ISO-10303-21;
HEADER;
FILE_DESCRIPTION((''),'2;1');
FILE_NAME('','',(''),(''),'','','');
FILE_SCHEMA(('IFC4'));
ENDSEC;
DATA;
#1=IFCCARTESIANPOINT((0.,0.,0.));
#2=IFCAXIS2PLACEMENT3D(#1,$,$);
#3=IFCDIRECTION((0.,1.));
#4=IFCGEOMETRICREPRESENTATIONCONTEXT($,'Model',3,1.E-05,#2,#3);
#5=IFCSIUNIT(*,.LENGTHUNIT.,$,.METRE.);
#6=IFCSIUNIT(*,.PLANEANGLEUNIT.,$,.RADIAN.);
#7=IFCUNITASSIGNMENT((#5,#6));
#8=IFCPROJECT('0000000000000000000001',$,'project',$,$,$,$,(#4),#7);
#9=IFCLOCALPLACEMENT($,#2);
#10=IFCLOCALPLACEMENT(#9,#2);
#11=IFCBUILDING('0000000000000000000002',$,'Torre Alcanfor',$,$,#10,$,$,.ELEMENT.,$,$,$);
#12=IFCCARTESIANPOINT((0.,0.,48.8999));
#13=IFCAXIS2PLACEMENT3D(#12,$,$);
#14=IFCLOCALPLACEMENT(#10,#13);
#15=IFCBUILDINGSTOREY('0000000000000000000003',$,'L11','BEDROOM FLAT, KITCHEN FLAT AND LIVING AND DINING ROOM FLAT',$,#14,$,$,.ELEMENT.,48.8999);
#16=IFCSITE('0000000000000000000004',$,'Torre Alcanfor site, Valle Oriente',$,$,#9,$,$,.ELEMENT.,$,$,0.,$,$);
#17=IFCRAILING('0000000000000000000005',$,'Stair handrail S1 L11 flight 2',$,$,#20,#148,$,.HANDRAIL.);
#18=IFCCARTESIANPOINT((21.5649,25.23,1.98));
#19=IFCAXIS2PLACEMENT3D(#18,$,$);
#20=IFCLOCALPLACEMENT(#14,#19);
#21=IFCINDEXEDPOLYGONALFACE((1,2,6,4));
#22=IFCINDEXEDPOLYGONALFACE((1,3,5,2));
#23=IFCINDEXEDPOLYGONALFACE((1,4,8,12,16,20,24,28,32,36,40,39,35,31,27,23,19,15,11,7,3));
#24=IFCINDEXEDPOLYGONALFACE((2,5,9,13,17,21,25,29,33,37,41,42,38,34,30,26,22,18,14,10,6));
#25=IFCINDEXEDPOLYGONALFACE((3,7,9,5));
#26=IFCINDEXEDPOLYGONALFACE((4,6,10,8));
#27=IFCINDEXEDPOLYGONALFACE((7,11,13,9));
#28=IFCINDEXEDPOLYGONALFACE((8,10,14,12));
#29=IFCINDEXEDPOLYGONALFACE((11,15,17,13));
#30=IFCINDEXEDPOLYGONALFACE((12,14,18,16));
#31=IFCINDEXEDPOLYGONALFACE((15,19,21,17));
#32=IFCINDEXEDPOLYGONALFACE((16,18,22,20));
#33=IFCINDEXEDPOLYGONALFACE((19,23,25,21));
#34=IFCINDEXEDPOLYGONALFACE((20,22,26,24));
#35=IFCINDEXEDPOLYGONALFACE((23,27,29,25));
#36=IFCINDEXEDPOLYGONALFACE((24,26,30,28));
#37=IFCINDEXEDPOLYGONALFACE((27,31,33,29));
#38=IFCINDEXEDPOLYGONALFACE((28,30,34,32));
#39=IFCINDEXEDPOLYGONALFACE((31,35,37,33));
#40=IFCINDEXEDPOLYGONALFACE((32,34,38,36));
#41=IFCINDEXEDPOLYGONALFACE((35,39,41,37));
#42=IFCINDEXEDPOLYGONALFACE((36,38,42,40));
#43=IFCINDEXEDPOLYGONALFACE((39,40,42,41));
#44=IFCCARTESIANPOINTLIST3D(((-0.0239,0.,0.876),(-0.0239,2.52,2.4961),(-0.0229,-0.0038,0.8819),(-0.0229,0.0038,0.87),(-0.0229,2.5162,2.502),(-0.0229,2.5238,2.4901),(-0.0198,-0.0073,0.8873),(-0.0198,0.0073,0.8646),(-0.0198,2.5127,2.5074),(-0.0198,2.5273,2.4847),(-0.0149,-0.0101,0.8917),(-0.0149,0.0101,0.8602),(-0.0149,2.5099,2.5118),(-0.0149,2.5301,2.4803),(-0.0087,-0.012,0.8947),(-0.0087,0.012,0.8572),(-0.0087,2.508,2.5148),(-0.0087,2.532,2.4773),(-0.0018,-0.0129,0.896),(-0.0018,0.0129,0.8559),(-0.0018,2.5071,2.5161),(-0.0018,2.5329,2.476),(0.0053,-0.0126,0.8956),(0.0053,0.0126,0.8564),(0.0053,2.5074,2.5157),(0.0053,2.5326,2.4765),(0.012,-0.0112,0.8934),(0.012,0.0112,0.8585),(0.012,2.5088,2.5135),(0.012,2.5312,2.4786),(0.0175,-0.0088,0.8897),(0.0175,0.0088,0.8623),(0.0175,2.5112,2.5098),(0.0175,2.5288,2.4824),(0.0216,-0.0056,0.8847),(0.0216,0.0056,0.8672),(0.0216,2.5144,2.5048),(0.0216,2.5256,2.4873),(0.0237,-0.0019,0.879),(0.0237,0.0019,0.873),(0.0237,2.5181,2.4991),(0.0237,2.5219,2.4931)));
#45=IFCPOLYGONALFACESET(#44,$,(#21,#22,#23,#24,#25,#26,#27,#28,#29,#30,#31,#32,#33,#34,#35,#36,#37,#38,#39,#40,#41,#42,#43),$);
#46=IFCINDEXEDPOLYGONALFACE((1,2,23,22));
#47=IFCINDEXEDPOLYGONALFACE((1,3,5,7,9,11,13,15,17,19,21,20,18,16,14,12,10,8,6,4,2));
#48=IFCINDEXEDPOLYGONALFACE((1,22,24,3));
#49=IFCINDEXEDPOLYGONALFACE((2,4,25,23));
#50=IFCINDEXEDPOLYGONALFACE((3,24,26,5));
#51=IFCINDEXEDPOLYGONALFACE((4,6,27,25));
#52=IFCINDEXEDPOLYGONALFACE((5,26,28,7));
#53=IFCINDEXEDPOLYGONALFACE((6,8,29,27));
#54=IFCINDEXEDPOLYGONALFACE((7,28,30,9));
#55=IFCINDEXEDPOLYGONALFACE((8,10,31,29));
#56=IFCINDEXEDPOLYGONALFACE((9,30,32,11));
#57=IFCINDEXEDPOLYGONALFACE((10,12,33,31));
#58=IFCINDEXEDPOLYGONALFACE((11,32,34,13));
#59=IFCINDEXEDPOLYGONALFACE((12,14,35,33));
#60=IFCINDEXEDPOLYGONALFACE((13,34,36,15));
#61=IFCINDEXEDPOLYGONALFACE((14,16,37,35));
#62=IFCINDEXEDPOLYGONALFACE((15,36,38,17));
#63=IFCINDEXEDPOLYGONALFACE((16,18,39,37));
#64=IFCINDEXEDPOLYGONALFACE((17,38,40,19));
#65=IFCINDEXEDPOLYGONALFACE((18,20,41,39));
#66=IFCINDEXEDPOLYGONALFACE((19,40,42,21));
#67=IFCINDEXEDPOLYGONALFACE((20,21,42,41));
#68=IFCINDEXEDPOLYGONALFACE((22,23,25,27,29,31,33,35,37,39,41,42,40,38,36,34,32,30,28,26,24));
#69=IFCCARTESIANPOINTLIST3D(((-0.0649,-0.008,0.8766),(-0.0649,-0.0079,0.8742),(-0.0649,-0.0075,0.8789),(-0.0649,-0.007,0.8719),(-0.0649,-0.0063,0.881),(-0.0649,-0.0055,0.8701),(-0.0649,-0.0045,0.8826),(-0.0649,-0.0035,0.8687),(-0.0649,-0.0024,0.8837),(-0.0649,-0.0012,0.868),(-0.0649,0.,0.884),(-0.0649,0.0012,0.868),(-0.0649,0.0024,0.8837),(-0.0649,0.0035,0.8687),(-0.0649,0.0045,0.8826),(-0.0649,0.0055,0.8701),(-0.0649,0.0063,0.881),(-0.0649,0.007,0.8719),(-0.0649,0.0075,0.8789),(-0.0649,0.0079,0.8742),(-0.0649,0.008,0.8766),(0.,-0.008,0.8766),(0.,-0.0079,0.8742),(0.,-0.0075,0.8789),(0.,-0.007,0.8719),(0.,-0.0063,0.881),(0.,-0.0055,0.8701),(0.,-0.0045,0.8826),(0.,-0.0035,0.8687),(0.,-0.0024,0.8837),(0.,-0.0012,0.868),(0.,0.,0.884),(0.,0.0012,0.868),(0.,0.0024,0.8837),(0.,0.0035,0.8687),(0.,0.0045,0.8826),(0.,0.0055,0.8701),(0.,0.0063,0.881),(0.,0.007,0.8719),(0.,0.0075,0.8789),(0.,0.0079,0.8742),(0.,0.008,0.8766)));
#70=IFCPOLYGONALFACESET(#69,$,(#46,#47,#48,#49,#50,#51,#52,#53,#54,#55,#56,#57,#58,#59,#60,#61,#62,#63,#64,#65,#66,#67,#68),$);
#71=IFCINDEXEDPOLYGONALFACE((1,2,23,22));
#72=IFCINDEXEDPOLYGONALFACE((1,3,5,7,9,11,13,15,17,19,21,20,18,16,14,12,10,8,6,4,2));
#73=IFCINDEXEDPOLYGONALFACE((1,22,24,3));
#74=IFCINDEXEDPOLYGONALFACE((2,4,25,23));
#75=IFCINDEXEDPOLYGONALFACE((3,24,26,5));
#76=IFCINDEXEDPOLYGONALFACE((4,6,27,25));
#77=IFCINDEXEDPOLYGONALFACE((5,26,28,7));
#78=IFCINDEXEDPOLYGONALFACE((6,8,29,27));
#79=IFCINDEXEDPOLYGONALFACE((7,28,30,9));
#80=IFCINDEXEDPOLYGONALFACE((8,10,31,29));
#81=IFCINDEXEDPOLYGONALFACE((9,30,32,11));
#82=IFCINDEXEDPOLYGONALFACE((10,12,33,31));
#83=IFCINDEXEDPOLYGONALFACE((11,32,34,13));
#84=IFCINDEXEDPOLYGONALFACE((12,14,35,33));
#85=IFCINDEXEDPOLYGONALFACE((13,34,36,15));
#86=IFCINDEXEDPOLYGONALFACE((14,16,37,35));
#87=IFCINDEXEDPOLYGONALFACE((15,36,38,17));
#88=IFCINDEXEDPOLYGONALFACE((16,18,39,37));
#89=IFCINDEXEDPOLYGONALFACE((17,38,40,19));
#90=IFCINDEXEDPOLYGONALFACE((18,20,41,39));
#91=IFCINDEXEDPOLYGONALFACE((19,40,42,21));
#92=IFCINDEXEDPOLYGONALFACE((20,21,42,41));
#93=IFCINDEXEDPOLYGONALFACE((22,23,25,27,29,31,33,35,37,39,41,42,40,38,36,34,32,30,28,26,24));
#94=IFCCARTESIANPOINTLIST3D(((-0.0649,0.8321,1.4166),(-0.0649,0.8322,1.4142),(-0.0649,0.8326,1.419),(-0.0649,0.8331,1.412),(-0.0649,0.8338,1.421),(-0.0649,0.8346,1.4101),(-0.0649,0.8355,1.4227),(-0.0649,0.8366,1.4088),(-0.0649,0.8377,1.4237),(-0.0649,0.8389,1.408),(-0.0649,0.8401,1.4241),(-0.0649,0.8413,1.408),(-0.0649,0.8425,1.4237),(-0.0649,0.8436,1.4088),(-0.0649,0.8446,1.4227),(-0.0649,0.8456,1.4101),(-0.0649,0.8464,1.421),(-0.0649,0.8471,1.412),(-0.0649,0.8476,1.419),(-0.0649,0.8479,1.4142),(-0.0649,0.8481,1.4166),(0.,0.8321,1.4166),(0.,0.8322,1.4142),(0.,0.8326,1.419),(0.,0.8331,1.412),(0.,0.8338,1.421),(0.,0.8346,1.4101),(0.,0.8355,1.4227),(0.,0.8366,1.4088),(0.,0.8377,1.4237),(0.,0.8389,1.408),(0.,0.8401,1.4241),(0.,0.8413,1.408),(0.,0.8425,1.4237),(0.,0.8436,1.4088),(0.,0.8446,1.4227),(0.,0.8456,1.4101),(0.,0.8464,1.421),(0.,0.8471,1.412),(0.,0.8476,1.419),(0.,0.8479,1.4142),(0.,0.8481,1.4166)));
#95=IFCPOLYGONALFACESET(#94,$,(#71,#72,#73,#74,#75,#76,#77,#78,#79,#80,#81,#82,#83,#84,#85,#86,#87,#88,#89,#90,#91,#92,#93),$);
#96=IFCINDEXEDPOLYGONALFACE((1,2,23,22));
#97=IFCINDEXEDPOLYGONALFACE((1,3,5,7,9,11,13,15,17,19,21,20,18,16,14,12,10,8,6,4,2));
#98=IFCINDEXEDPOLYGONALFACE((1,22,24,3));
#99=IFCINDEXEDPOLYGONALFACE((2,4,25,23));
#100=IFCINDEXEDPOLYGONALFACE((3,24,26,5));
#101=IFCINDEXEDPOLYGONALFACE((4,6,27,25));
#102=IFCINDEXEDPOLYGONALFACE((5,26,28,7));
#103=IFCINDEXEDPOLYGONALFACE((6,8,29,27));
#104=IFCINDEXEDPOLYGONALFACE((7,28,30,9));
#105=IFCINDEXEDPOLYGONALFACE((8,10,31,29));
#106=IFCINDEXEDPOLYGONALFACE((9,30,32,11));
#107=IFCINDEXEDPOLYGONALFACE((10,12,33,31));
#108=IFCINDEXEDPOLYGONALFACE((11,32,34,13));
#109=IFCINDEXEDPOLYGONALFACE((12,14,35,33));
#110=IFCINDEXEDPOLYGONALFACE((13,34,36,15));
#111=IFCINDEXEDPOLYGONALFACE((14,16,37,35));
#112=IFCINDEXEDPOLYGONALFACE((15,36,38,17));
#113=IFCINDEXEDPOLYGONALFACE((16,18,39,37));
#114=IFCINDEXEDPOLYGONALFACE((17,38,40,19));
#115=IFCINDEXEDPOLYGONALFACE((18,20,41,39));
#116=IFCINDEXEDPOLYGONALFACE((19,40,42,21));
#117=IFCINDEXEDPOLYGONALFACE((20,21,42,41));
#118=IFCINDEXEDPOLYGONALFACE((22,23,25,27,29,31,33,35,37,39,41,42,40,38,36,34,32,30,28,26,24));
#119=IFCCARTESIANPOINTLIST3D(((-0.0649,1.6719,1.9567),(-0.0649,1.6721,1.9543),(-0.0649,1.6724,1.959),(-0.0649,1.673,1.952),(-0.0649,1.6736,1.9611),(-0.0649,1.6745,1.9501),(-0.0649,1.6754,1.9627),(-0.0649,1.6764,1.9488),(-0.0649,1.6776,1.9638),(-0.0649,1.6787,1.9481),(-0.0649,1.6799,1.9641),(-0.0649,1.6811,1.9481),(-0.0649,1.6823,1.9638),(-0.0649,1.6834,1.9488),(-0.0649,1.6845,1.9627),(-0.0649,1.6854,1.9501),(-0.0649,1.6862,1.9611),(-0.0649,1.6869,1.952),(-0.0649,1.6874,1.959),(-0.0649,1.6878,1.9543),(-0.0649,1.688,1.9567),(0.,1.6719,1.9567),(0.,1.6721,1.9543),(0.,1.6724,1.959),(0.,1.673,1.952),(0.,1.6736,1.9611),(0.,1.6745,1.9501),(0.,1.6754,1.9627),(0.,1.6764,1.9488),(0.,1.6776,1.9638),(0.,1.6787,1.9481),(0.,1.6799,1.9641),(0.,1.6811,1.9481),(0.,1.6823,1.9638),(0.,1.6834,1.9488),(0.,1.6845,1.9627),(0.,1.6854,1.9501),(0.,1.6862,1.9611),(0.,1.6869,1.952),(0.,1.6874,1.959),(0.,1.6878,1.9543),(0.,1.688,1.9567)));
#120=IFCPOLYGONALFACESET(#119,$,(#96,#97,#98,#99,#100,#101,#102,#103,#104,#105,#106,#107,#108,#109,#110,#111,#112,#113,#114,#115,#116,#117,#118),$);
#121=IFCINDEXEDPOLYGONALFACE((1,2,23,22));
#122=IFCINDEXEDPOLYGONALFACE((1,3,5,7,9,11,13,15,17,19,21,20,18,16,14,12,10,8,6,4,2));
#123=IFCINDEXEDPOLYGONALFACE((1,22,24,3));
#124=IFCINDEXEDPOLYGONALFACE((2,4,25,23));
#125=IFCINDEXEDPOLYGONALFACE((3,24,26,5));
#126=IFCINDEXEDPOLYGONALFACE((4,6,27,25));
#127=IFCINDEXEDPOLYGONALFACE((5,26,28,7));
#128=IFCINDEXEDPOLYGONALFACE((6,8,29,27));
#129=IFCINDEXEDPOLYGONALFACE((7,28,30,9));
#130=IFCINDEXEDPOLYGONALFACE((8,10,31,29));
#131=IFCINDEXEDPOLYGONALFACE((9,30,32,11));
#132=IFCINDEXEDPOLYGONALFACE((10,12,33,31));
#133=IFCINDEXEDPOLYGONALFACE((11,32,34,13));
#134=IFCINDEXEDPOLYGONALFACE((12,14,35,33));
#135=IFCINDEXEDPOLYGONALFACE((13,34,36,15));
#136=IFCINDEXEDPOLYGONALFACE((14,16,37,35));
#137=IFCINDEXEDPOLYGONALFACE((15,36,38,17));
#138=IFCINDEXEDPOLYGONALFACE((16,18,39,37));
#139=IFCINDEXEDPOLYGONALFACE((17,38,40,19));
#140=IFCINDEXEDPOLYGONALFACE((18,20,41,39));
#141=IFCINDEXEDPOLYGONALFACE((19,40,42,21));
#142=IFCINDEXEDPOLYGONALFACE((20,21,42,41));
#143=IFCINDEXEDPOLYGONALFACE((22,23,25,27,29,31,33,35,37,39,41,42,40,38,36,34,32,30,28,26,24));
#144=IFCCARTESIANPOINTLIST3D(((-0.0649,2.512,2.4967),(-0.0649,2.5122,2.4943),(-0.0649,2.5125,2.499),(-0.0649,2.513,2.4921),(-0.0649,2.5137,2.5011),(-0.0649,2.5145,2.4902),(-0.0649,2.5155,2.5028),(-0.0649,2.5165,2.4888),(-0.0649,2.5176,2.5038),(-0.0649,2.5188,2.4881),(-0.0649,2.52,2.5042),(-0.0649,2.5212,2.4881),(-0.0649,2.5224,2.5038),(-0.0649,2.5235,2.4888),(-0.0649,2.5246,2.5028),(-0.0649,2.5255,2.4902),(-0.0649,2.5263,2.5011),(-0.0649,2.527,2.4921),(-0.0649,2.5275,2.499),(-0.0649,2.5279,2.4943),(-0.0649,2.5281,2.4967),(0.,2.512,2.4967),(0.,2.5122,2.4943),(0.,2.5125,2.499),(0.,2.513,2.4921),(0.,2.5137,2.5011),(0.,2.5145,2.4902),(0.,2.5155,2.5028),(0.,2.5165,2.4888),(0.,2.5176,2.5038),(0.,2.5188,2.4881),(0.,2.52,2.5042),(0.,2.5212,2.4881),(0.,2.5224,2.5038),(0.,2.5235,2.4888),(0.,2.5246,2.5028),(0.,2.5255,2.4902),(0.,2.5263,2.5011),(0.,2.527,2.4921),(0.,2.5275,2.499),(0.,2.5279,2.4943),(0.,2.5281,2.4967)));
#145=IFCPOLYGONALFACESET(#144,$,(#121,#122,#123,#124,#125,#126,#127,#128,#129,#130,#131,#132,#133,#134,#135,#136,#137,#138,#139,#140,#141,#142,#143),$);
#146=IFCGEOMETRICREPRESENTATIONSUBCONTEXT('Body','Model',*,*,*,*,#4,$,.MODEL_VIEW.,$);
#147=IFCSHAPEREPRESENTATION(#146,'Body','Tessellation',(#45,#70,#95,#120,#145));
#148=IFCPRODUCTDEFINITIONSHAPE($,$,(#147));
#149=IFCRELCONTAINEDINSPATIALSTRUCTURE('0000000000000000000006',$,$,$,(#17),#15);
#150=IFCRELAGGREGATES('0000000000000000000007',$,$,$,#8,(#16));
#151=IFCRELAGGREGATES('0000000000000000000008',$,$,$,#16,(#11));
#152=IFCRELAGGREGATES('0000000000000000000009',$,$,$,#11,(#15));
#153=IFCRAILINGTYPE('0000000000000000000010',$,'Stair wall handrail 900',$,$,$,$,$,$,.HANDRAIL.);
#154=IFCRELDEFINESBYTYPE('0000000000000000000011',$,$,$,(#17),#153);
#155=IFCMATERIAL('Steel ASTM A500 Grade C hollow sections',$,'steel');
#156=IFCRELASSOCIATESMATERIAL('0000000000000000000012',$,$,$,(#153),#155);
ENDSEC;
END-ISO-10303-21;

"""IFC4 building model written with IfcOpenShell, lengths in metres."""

from ifc_helpers import new_model, si_unit, direction, frame, origin, origin_2d, place, context, subcontext, project, spatial, circle, extrude, material, type_object, element, save


model = new_model("IFC4")

# Units and contexts
model_context = context("Model", 3, precision=1e-05, world=origin(), true_north=direction((0.0, 1.0)))
body_context = subcontext(model_context, "Body", "Model", "MODEL_VIEW")
ifc_project = project(units=[si_unit("LENGTHUNIT", "METRE"), si_unit("PLANEANGLEUNIT", "RADIAN")], contexts=[model_context])

# Site, building, storey
site_placement = place(None, origin())
site = spatial("IfcSite", under=ifc_project, at=site_placement, Name="Torre Alcanfor site, Valle Oriente", CompositionType="ELEMENT", RefElevation=0.0)
building_placement = place(site_placement, origin())
building = spatial("IfcBuilding", under=site, at=building_placement, Name="Torre Alcanfor", CompositionType="ELEMENT")
storey_placement = place(building_placement, frame((0.0, 0.0, 48.8999)))
storey = spatial("IfcBuildingStorey", under=building, at=storey_placement, Name="L11", Description="BEDROOM FLAT, KITCHEN FLAT AND LIVING AND DINING ROOM FLAT", CompositionType="ELEMENT", Elevation=48.8999)

# Railing
ifc_material_1 = material(Name="Steel ASTM A500 Grade C hollow sections", Category="steel")
railing_type_1 = type_object("IfcRailingType", Name="Stair wall handrail 900", PredefinedType="HANDRAIL", material=ifc_material_1)
railing_1_placement = place(storey_placement, frame((21.5649, 25.23, 1.98)))
element("IfcRailing", 1, at=railing_1_placement, inside=storey, type_object=railing_type_1, Name="Stair handrail S1 L11 flight 2", PredefinedType="HANDRAIL", context=body_context, shape_type="SweptSolid", body=[
    extrude(circle(Radius=0.0239, at=origin_2d()), frame((0.0, 0.0, 0.876), z_axis=(0.0, 0.841163, 0.540782), x_axis=(-1.0, 0.0, 0.0)), (0.0, 0.0, 1.0), 2.9958),
    extrude(circle(Radius=0.0081, at=origin_2d()), frame((0.0, 0.0, 0.876), z_axis=(-1.0, 0.0, 0.0), x_axis=(0.0, 0.0, 1.0)), (0.0, 0.0, 1.0), 0.0649),
    extrude(circle(Radius=0.0081, at=origin_2d()), frame((0.0, 0.8401, 1.416), z_axis=(-1.0, 0.0, 0.0), x_axis=(0.0, 0.0, 1.0)), (0.0, 0.0, 1.0), 0.0649),
    extrude(circle(Radius=0.0081, at=origin_2d()), frame((0.0, 1.6799, 1.9561), z_axis=(-1.0, 0.0, 0.0), x_axis=(0.0, 0.0, 1.0)), (0.0, 0.0, 1.0), 0.0649),
    extrude(circle(Radius=0.0081, at=origin_2d()), frame((0.0, 2.52, 2.4961), z_axis=(-1.0, 0.0, 0.0), x_axis=(0.0, 0.0, 1.0)), (0.0, 0.0, 1.0), 0.0649),
])

save(model, "model.ifc")
